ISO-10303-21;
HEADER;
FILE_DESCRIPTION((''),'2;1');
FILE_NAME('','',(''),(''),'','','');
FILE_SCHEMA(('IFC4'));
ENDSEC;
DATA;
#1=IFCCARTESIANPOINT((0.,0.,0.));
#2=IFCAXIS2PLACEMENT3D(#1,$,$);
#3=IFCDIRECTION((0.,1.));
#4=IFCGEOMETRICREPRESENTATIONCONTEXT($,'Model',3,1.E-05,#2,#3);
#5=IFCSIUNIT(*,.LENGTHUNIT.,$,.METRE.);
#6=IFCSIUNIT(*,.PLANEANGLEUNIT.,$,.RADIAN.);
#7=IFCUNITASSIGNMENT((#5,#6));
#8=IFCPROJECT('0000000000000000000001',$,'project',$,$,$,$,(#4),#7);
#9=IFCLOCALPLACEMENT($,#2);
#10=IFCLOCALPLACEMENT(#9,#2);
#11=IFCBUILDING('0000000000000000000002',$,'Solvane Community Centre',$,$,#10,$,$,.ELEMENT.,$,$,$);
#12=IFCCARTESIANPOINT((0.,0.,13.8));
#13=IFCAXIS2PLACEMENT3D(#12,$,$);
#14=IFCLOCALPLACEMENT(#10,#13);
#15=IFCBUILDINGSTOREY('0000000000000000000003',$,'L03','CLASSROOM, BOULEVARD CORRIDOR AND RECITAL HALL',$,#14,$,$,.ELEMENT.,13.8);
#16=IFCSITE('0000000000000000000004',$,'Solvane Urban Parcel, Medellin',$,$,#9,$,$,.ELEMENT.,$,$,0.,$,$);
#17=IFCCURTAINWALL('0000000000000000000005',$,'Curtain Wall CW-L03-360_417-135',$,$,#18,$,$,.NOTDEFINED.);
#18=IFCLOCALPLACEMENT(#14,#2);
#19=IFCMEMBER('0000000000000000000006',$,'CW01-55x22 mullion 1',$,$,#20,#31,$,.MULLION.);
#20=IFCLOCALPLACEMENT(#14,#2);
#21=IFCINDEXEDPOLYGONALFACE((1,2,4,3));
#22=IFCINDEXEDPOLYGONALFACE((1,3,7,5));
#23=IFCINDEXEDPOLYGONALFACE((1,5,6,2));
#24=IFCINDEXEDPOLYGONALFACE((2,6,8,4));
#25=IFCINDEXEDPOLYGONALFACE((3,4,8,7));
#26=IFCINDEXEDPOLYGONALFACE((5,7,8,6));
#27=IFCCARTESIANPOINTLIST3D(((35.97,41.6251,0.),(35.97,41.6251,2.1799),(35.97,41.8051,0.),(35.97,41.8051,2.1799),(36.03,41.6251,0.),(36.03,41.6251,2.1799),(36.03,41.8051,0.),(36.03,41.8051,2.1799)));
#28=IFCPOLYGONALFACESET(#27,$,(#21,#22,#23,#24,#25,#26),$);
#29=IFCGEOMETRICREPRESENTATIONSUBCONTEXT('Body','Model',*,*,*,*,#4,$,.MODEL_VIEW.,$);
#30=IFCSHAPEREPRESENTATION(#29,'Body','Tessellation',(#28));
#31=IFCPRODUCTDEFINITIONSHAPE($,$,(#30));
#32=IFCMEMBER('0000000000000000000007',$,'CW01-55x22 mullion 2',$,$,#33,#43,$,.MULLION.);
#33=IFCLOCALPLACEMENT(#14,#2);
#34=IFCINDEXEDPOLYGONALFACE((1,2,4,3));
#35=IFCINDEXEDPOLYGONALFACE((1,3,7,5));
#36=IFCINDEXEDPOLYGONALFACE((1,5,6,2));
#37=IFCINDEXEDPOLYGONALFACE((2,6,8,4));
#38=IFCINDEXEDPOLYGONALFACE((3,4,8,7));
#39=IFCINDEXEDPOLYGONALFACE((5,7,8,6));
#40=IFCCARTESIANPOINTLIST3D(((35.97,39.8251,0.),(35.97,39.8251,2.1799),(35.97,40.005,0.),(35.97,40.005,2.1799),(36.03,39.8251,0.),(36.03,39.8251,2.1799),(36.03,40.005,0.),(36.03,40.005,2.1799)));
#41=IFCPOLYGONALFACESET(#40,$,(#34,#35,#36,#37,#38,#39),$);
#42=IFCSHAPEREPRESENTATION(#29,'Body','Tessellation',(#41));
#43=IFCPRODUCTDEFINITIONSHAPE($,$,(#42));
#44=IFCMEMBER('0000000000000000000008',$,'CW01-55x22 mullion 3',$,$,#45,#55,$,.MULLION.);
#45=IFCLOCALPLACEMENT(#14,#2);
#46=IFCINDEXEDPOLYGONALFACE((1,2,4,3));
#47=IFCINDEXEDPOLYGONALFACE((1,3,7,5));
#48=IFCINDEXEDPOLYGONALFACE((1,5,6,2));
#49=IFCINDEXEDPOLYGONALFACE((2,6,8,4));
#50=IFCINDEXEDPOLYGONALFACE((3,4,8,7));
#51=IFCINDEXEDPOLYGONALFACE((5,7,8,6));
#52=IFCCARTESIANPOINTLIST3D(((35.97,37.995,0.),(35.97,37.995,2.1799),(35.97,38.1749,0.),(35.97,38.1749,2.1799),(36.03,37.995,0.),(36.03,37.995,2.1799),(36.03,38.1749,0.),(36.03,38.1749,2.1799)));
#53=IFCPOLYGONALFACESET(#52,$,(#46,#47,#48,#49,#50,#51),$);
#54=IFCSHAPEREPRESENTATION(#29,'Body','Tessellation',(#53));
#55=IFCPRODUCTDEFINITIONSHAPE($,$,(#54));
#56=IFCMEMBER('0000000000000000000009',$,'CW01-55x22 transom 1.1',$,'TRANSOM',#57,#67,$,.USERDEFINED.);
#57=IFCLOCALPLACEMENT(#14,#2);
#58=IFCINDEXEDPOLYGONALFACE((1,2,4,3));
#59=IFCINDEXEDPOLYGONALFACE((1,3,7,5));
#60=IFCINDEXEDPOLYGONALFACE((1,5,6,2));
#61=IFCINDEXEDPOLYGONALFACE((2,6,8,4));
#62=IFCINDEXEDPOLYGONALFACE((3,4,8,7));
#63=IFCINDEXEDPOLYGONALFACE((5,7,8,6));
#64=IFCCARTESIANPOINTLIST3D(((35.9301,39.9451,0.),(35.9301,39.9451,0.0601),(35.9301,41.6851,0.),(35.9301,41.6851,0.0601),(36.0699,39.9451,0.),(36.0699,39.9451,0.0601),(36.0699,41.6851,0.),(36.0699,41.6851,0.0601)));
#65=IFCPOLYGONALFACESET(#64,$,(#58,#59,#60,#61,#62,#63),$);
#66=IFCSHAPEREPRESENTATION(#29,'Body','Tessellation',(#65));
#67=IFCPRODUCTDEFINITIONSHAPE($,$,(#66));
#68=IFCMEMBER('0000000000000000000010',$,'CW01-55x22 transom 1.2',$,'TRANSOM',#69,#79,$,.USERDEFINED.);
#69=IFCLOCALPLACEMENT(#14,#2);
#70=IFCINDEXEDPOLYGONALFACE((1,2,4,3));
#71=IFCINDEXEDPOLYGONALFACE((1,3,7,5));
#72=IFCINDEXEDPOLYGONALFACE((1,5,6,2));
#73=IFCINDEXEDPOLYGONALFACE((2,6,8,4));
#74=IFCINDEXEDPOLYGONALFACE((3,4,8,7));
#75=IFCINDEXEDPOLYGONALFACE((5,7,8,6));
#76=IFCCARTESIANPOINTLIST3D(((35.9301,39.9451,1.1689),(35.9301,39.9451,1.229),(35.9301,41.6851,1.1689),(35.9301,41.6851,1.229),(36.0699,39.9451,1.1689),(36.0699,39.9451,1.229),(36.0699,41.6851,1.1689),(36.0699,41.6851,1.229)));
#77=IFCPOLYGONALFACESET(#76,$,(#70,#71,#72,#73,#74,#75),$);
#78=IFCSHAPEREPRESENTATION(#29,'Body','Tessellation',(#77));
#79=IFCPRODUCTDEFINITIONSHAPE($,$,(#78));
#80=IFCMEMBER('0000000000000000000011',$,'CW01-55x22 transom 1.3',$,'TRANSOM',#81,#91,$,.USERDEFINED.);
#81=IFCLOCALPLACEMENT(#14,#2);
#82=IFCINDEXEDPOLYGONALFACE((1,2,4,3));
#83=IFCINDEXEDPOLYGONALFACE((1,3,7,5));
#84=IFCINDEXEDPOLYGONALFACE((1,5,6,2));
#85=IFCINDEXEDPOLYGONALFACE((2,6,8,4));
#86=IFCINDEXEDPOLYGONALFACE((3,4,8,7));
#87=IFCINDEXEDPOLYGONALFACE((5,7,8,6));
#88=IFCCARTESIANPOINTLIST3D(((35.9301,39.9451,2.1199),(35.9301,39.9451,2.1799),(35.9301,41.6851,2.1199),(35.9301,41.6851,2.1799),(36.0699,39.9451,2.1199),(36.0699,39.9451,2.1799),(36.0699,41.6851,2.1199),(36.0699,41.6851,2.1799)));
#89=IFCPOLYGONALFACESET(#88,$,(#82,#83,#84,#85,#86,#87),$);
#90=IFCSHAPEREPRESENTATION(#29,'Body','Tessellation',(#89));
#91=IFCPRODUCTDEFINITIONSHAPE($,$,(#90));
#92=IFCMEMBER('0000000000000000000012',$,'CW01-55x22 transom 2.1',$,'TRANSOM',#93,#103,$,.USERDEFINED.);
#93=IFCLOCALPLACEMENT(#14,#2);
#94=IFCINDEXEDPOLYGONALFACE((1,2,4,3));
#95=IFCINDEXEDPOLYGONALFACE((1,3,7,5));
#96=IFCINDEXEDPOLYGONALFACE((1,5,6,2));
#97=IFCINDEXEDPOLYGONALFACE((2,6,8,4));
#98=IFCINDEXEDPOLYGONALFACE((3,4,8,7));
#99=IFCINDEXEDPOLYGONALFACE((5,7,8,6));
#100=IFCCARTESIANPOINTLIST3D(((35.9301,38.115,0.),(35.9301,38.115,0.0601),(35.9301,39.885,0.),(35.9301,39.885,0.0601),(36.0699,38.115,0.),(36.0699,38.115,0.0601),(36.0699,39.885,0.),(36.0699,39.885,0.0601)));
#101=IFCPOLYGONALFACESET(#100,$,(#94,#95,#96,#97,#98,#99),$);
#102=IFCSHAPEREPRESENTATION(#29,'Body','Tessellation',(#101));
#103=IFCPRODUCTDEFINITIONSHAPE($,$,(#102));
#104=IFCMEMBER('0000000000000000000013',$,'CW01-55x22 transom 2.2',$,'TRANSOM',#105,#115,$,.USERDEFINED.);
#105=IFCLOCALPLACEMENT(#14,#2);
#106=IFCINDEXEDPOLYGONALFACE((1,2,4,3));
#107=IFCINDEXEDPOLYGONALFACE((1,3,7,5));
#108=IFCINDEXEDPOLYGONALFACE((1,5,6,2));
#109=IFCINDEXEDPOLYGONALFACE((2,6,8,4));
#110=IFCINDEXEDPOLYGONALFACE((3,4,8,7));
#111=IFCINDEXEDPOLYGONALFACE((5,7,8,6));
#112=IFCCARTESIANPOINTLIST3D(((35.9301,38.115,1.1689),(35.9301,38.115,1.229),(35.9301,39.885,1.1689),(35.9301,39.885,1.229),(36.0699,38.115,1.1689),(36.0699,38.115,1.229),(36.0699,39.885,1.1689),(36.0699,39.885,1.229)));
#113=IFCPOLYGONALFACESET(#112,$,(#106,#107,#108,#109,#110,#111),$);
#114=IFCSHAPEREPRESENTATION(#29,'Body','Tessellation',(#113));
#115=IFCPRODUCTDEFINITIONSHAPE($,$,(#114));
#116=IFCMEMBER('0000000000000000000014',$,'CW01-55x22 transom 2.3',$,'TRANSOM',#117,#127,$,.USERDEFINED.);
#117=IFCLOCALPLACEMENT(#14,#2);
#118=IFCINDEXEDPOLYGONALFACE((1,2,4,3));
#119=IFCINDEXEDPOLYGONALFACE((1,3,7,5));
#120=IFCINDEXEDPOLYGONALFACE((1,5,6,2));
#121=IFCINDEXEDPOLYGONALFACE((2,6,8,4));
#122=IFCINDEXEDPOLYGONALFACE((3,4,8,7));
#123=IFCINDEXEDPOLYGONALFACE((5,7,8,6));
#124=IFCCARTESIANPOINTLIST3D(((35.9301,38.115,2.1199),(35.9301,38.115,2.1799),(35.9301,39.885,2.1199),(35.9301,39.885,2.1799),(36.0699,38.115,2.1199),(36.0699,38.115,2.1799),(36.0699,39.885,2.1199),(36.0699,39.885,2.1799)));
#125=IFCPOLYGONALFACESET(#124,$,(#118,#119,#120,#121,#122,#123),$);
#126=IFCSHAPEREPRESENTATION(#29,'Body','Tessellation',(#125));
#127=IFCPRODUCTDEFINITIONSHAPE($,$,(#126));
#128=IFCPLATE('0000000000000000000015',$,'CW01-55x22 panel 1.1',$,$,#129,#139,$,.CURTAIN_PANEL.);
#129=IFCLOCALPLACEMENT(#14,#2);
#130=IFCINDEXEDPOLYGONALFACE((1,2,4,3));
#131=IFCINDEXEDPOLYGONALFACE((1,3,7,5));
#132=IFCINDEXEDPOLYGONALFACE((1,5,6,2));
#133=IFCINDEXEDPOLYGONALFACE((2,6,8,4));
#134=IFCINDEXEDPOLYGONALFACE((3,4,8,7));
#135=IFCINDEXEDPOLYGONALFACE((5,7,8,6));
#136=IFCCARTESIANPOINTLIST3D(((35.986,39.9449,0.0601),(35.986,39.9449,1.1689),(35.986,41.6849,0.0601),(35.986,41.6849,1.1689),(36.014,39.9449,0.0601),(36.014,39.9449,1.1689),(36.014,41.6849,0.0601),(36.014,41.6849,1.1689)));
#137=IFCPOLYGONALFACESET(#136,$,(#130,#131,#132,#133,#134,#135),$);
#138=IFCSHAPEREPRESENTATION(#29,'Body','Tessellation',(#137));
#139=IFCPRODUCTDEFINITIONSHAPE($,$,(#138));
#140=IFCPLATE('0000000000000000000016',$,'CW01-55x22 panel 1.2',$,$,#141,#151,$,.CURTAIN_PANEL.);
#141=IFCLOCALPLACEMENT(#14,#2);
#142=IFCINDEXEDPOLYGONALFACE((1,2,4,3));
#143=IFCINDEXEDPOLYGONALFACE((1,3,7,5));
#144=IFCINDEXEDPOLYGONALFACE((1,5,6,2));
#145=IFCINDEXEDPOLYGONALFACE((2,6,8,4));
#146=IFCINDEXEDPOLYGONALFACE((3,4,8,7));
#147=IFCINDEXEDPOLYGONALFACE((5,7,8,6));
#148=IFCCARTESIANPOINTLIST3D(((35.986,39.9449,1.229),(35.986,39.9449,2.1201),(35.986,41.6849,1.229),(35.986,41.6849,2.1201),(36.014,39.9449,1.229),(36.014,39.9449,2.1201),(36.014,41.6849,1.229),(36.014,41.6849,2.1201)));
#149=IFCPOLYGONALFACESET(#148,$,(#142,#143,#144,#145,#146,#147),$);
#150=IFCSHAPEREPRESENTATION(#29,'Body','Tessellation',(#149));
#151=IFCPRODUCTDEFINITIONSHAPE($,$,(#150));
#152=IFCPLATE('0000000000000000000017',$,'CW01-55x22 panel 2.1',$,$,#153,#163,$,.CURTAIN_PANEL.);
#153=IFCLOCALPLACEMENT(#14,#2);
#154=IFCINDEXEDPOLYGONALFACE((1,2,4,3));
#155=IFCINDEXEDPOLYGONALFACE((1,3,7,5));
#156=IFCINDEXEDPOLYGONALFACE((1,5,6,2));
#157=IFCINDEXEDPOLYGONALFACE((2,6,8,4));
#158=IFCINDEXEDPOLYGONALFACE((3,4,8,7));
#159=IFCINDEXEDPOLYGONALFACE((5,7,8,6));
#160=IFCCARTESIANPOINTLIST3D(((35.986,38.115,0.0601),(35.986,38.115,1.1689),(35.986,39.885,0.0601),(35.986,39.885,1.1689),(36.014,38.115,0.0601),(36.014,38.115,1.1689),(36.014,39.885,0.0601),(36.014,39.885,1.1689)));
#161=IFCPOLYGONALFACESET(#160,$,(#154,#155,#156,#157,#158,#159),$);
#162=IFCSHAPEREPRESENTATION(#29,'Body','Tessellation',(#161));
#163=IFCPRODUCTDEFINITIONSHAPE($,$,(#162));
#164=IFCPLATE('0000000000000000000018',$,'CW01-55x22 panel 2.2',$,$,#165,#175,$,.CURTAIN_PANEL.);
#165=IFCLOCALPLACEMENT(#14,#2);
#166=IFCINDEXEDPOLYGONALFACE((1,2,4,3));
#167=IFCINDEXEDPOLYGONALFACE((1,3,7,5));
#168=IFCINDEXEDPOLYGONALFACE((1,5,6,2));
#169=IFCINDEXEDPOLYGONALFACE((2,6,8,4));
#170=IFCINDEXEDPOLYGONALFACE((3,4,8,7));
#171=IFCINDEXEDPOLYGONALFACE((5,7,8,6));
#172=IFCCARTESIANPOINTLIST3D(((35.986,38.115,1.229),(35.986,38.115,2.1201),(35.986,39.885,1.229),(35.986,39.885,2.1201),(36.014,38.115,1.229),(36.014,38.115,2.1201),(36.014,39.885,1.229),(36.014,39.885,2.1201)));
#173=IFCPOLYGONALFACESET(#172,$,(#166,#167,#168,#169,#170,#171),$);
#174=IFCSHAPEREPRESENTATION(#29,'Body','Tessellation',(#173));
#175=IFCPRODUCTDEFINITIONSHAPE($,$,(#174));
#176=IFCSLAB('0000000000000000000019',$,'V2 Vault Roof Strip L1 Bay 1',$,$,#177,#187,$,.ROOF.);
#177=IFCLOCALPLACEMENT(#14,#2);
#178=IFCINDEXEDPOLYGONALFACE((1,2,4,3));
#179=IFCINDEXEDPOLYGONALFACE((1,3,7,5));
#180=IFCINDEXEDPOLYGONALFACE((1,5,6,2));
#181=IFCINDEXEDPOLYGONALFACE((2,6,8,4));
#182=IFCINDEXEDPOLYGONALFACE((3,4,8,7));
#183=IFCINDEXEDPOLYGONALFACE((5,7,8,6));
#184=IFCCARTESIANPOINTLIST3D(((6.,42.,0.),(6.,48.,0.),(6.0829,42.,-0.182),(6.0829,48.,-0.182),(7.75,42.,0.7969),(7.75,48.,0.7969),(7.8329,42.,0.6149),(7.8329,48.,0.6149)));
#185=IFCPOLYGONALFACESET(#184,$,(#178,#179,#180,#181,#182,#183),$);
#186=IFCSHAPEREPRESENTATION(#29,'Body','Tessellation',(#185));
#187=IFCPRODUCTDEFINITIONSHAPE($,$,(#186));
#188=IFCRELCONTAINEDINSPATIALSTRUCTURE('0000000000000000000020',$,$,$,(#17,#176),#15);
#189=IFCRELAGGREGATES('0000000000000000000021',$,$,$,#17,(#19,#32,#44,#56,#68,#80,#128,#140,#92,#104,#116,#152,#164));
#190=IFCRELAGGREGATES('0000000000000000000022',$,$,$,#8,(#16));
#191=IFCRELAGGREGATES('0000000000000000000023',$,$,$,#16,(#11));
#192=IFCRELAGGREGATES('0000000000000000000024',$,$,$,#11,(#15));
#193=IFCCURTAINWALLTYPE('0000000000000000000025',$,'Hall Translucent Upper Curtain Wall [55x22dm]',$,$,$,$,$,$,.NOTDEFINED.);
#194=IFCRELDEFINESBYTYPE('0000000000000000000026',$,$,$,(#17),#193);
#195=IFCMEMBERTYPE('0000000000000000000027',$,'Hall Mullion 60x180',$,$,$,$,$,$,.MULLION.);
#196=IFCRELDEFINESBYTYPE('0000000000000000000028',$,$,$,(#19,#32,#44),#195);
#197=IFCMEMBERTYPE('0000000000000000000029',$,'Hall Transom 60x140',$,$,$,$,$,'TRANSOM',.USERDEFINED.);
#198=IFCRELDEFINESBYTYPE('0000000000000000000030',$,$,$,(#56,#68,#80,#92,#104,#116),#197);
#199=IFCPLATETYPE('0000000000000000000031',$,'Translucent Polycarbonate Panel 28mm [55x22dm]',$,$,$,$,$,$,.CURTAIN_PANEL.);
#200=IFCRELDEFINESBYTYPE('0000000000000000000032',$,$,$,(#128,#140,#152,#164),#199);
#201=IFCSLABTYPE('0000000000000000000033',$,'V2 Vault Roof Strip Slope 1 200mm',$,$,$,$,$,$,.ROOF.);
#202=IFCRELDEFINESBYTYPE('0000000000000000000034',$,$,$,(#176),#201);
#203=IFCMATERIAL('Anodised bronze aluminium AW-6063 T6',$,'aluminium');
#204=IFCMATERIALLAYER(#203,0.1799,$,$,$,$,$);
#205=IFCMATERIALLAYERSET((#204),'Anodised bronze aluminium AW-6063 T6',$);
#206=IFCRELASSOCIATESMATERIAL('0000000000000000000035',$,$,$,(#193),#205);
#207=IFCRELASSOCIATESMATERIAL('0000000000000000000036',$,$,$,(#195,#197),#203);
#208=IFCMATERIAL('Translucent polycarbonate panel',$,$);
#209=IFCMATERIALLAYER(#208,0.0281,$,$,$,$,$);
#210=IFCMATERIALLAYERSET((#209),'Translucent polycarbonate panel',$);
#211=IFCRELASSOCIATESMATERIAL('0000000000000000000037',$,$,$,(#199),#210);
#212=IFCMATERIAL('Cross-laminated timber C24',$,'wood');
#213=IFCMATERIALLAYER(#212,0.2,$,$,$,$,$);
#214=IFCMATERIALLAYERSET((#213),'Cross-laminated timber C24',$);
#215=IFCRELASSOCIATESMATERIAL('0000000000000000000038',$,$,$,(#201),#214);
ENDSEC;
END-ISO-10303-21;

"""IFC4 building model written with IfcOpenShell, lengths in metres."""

from ifc_helpers import new_model, si_unit, direction, frame, origin, origin_2d, place, context, subcontext, project, spatial, polyline, rectangle, outline, extrude, material, layer, layer_set, material_profile, profile_set, type_object, element, aggregate, save


model = new_model("IFC4")

# Units and contexts
model_context = context("Model", 3, precision=1e-05, world=origin(), true_north=direction((0.0, 1.0)))
body_context = subcontext(model_context, "Body", "Model", "MODEL_VIEW")
ifc_project = project(units=[si_unit("LENGTHUNIT", "METRE"), si_unit("PLANEANGLEUNIT", "RADIAN")], contexts=[model_context])

# Site, building, storey
site_placement = place(None, origin())
site = spatial("IfcSite", under=ifc_project, at=site_placement, Name="Solvane Urban Parcel, Medellin", CompositionType="ELEMENT", RefElevation=0.0)
building_placement = place(site_placement, origin())
building = spatial("IfcBuilding", under=site, at=building_placement, Name="Solvane Community Centre", CompositionType="ELEMENT")
storey_placement = place(building_placement, frame((0.0, 0.0, 13.8)))
storey = spatial("IfcBuildingStorey", under=building, at=storey_placement, Name="L03", Description="CLASSROOM, BOULEVARD CORRIDOR AND RECITAL HALL", CompositionType="ELEMENT", Elevation=13.8)

# Curtain wall, members, plates
ifc_material_1 = material(Name="Anodised bronze aluminium AW-6063 T6", Category="aluminium")
ifc_layer_1 = layer(ifc_material_1, 0.1799)
ifc_layer_set_1 = layer_set([ifc_layer_1], Name="Anodised bronze aluminium AW-6063 T6")
curtain_wall_type = type_object("IfcCurtainWallType", Name="Hall Translucent Upper Curtain Wall [55x22dm]", PredefinedType="NOTDEFINED", material=ifc_layer_set_1)
curtain_wall_placement = place(storey_placement, origin())
curtain_wall = element("IfcCurtainWall", 1, at=curtain_wall_placement, inside=storey, type_object=curtain_wall_type, Name="Curtain Wall CW-L03-360_417-135", PredefinedType="NOTDEFINED")
ifc_material_profile_1 = material_profile(ifc_material_1, rectangle(XDim=0.0601, YDim=0.1799, at=origin_2d()), Name="CW-M 60x180")
ifc_profile_set_1 = profile_set([ifc_material_profile_1], Name="Anodised bronze aluminium AW-6063 T6")
member_type_1 = type_object("IfcMemberType", Name="Hall Mullion 60x180", PredefinedType="MULLION", material=ifc_profile_set_1)
member_1_placement = place(storey_placement, frame((36.0, 41.7151, 0.0), z_axis=(0.0, 0.0, 1.0), x_axis=(1.0, 0.0, 0.0)))
member_1 = element("IfcMember", 2, at=member_1_placement, type_object=member_type_1, Name="CW01-55x22 mullion 1", PredefinedType="MULLION", context=body_context, shape_type="SweptSolid", body=[
    extrude(rectangle(XDim=0.0601, YDim=0.1799, at=origin_2d()), origin(), (0.0, 0.0, 1.0), 2.1799),
])
member_2_placement = place(storey_placement, frame((36.0, 39.915, 0.0), z_axis=(0.0, 0.0, 1.0), x_axis=(1.0, 0.0, 0.0)))
member_2 = element("IfcMember", 3, at=member_2_placement, type_object=member_type_1, Name="CW01-55x22 mullion 2", PredefinedType="MULLION", context=body_context, shape_type="SweptSolid", body=[
    extrude(rectangle(XDim=0.0601, YDim=0.1799, at=origin_2d()), origin(), (0.0, 0.0, 1.0), 2.1799),
])
member_3_placement = place(storey_placement, frame((36.0, 38.085, 0.0), z_axis=(0.0, 0.0, 1.0), x_axis=(1.0, 0.0, 0.0)))
member_3 = element("IfcMember", 4, at=member_3_placement, type_object=member_type_1, Name="CW01-55x22 mullion 3", PredefinedType="MULLION", context=body_context, shape_type="SweptSolid", body=[
    extrude(rectangle(XDim=0.0601, YDim=0.1799, at=origin_2d()), origin(), (0.0, 0.0, 1.0), 2.1799),
])
ifc_material_profile_2 = material_profile(ifc_material_1, rectangle(XDim=0.1399, YDim=0.0601, at=origin_2d()), Name="CW-T 60x140")
ifc_profile_set_2 = profile_set([ifc_material_profile_2], Name="Anodised bronze aluminium AW-6063 T6")
member_type_2 = type_object("IfcMemberType", Name="Hall Transom 60x140", ElementType="TRANSOM", PredefinedType="USERDEFINED", material=ifc_profile_set_2)
member_4_placement = place(storey_placement, frame((36.0, 41.6851, 0.03), z_axis=(0.0, -1.0, 0.0), x_axis=(1.0, 0.0, 0.0)))
member_4 = element("IfcMember", 5, at=member_4_placement, type_object=member_type_2, Name="CW01-55x22 transom 1.1", ObjectType="TRANSOM", PredefinedType="USERDEFINED", context=body_context, shape_type="SweptSolid", body=[
    extrude(rectangle(XDim=0.1399, YDim=0.0601, at=origin_2d()), origin(), (0.0, 0.0, 1.0), 1.74),
])
member_5_placement = place(storey_placement, frame((36.0, 41.6851, 1.199), z_axis=(0.0, -1.0, 0.0), x_axis=(1.0, 0.0, 0.0)))
member_5 = element("IfcMember", 6, at=member_5_placement, type_object=member_type_2, Name="CW01-55x22 transom 1.2", ObjectType="TRANSOM", PredefinedType="USERDEFINED", context=body_context, shape_type="SweptSolid", body=[
    extrude(rectangle(XDim=0.1399, YDim=0.0601, at=origin_2d()), origin(), (0.0, 0.0, 1.0), 1.74),
])
member_6_placement = place(storey_placement, frame((36.0, 41.6851, 2.1499), z_axis=(0.0, -1.0, 0.0), x_axis=(1.0, 0.0, 0.0)))
member_6 = element("IfcMember", 7, at=member_6_placement, type_object=member_type_2, Name="CW01-55x22 transom 1.3", ObjectType="TRANSOM", PredefinedType="USERDEFINED", context=body_context, shape_type="SweptSolid", body=[
    extrude(rectangle(XDim=0.1399, YDim=0.0601, at=origin_2d()), origin(), (0.0, 0.0, 1.0), 1.74),
])
member_7_placement = place(storey_placement, frame((36.0, 39.885, 0.03), z_axis=(0.0, -1.0, 0.0), x_axis=(1.0, 0.0, 0.0)))
member_7 = element("IfcMember", 8, at=member_7_placement, type_object=member_type_2, Name="CW01-55x22 transom 2.1", ObjectType="TRANSOM", PredefinedType="USERDEFINED", context=body_context, shape_type="SweptSolid", body=[
    extrude(rectangle(XDim=0.1399, YDim=0.0601, at=origin_2d()), origin(), (0.0, 0.0, 1.0), 1.77),
])
member_8_placement = place(storey_placement, frame((36.0, 39.885, 1.199), z_axis=(0.0, -1.0, 0.0), x_axis=(1.0, 0.0, 0.0)))
member_8 = element("IfcMember", 9, at=member_8_placement, type_object=member_type_2, Name="CW01-55x22 transom 2.2", ObjectType="TRANSOM", PredefinedType="USERDEFINED", context=body_context, shape_type="SweptSolid", body=[
    extrude(rectangle(XDim=0.1399, YDim=0.0601, at=origin_2d()), origin(), (0.0, 0.0, 1.0), 1.77),
])
member_9_placement = place(storey_placement, frame((36.0, 39.885, 2.1499), z_axis=(0.0, -1.0, 0.0), x_axis=(1.0, 0.0, 0.0)))
member_9 = element("IfcMember", 10, at=member_9_placement, type_object=member_type_2, Name="CW01-55x22 transom 2.3", ObjectType="TRANSOM", PredefinedType="USERDEFINED", context=body_context, shape_type="SweptSolid", body=[
    extrude(rectangle(XDim=0.1399, YDim=0.0601, at=origin_2d()), origin(), (0.0, 0.0, 1.0), 1.77),
])
ifc_material_2 = material(Name="Translucent polycarbonate panel")
ifc_layer_2 = layer(ifc_material_2, 0.0281)
ifc_layer_set_2 = layer_set([ifc_layer_2], Name="Translucent polycarbonate panel")
plate_type = type_object("IfcPlateType", Name="Translucent Polycarbonate Panel 28mm [55x22dm]", PredefinedType="CURTAIN_PANEL", material=ifc_layer_set_2)
plate_1_placement = place(storey_placement, frame((36.0, 40.8149, 0.0601), z_axis=(0.0, 0.0, 1.0), x_axis=(0.0, -1.0, 0.0)))
plate_1 = element("IfcPlate", 11, at=plate_1_placement, type_object=plate_type, Name="CW01-55x22 panel 1.1", PredefinedType="CURTAIN_PANEL", context=body_context, shape_type="SweptSolid", body=[
    extrude(rectangle(XDim=1.74, YDim=0.0281, at=origin_2d()), origin(), (0.0, 0.0, 1.0), 1.1089),
])
plate_2_placement = place(storey_placement, frame((36.0, 40.8149, 1.229), z_axis=(0.0, 0.0, 1.0), x_axis=(0.0, -1.0, 0.0)))
plate_2 = element("IfcPlate", 12, at=plate_2_placement, type_object=plate_type, Name="CW01-55x22 panel 1.2", PredefinedType="CURTAIN_PANEL", context=body_context, shape_type="SweptSolid", body=[
    extrude(rectangle(XDim=1.74, YDim=0.0281, at=origin_2d()), origin(), (0.0, 0.0, 1.0), 0.8911),
])
plate_3_placement = place(storey_placement, frame((36.0, 39.0, 0.0601), z_axis=(0.0, 0.0, 1.0), x_axis=(0.0, -1.0, 0.0)))
plate_3 = element("IfcPlate", 13, at=plate_3_placement, type_object=plate_type, Name="CW01-55x22 panel 2.1", PredefinedType="CURTAIN_PANEL", context=body_context, shape_type="SweptSolid", body=[
    extrude(rectangle(XDim=1.77, YDim=0.0281, at=origin_2d()), origin(), (0.0, 0.0, 1.0), 1.1089),
])
plate_4_placement = place(storey_placement, frame((36.0, 39.0, 1.229), z_axis=(0.0, 0.0, 1.0), x_axis=(0.0, -1.0, 0.0)))
plate_4 = element("IfcPlate", 14, at=plate_4_placement, type_object=plate_type, Name="CW01-55x22 panel 2.2", PredefinedType="CURTAIN_PANEL", context=body_context, shape_type="SweptSolid", body=[
    extrude(rectangle(XDim=1.77, YDim=0.0281, at=origin_2d()), origin(), (0.0, 0.0, 1.0), 0.8911),
])
aggregate(curtain_wall, [member_1, member_2, member_3, member_4, member_5, member_6, plate_1, plate_2, member_7, member_8, member_9, plate_3, plate_4])

# Slab
ifc_material_3 = material(Name="Cross-laminated timber C24", Category="wood")
ifc_layer_3 = layer(ifc_material_3, 0.2)
ifc_layer_set_3 = layer_set([ifc_layer_3], Name="Cross-laminated timber C24")
slab_type_1 = type_object("IfcSlabType", Name="V2 Vault Roof Strip Slope 1 200mm", PredefinedType="ROOF", material=ifc_layer_set_3)
for number, where, z_axis, x_axis, name in (
    (15, (6.0, 42.0, 0.0), (-0.414415, 0.0, 0.910088), (0.910088, 0.0, 0.414415), "V2 Vault Roof Strip L1 Bay 1"),
):
    element("IfcSlab", number, at=place(storey_placement, frame(where, z_axis=z_axis, x_axis=x_axis)), inside=storey, type_object=slab_type_1, Name=name, PredefinedType="ROOF", context=body_context, shape_type="SweptSolid", body=[
        extrude(outline(polyline([(0.0, 0.0), (1.9229, 0.0), (1.9229, 6.0), (0.0, 6.0), (0.0, 0.0)])), origin(), (0.0, 0.0, -1.0), 0.2),
    ])

save(model, "model.ifc")
